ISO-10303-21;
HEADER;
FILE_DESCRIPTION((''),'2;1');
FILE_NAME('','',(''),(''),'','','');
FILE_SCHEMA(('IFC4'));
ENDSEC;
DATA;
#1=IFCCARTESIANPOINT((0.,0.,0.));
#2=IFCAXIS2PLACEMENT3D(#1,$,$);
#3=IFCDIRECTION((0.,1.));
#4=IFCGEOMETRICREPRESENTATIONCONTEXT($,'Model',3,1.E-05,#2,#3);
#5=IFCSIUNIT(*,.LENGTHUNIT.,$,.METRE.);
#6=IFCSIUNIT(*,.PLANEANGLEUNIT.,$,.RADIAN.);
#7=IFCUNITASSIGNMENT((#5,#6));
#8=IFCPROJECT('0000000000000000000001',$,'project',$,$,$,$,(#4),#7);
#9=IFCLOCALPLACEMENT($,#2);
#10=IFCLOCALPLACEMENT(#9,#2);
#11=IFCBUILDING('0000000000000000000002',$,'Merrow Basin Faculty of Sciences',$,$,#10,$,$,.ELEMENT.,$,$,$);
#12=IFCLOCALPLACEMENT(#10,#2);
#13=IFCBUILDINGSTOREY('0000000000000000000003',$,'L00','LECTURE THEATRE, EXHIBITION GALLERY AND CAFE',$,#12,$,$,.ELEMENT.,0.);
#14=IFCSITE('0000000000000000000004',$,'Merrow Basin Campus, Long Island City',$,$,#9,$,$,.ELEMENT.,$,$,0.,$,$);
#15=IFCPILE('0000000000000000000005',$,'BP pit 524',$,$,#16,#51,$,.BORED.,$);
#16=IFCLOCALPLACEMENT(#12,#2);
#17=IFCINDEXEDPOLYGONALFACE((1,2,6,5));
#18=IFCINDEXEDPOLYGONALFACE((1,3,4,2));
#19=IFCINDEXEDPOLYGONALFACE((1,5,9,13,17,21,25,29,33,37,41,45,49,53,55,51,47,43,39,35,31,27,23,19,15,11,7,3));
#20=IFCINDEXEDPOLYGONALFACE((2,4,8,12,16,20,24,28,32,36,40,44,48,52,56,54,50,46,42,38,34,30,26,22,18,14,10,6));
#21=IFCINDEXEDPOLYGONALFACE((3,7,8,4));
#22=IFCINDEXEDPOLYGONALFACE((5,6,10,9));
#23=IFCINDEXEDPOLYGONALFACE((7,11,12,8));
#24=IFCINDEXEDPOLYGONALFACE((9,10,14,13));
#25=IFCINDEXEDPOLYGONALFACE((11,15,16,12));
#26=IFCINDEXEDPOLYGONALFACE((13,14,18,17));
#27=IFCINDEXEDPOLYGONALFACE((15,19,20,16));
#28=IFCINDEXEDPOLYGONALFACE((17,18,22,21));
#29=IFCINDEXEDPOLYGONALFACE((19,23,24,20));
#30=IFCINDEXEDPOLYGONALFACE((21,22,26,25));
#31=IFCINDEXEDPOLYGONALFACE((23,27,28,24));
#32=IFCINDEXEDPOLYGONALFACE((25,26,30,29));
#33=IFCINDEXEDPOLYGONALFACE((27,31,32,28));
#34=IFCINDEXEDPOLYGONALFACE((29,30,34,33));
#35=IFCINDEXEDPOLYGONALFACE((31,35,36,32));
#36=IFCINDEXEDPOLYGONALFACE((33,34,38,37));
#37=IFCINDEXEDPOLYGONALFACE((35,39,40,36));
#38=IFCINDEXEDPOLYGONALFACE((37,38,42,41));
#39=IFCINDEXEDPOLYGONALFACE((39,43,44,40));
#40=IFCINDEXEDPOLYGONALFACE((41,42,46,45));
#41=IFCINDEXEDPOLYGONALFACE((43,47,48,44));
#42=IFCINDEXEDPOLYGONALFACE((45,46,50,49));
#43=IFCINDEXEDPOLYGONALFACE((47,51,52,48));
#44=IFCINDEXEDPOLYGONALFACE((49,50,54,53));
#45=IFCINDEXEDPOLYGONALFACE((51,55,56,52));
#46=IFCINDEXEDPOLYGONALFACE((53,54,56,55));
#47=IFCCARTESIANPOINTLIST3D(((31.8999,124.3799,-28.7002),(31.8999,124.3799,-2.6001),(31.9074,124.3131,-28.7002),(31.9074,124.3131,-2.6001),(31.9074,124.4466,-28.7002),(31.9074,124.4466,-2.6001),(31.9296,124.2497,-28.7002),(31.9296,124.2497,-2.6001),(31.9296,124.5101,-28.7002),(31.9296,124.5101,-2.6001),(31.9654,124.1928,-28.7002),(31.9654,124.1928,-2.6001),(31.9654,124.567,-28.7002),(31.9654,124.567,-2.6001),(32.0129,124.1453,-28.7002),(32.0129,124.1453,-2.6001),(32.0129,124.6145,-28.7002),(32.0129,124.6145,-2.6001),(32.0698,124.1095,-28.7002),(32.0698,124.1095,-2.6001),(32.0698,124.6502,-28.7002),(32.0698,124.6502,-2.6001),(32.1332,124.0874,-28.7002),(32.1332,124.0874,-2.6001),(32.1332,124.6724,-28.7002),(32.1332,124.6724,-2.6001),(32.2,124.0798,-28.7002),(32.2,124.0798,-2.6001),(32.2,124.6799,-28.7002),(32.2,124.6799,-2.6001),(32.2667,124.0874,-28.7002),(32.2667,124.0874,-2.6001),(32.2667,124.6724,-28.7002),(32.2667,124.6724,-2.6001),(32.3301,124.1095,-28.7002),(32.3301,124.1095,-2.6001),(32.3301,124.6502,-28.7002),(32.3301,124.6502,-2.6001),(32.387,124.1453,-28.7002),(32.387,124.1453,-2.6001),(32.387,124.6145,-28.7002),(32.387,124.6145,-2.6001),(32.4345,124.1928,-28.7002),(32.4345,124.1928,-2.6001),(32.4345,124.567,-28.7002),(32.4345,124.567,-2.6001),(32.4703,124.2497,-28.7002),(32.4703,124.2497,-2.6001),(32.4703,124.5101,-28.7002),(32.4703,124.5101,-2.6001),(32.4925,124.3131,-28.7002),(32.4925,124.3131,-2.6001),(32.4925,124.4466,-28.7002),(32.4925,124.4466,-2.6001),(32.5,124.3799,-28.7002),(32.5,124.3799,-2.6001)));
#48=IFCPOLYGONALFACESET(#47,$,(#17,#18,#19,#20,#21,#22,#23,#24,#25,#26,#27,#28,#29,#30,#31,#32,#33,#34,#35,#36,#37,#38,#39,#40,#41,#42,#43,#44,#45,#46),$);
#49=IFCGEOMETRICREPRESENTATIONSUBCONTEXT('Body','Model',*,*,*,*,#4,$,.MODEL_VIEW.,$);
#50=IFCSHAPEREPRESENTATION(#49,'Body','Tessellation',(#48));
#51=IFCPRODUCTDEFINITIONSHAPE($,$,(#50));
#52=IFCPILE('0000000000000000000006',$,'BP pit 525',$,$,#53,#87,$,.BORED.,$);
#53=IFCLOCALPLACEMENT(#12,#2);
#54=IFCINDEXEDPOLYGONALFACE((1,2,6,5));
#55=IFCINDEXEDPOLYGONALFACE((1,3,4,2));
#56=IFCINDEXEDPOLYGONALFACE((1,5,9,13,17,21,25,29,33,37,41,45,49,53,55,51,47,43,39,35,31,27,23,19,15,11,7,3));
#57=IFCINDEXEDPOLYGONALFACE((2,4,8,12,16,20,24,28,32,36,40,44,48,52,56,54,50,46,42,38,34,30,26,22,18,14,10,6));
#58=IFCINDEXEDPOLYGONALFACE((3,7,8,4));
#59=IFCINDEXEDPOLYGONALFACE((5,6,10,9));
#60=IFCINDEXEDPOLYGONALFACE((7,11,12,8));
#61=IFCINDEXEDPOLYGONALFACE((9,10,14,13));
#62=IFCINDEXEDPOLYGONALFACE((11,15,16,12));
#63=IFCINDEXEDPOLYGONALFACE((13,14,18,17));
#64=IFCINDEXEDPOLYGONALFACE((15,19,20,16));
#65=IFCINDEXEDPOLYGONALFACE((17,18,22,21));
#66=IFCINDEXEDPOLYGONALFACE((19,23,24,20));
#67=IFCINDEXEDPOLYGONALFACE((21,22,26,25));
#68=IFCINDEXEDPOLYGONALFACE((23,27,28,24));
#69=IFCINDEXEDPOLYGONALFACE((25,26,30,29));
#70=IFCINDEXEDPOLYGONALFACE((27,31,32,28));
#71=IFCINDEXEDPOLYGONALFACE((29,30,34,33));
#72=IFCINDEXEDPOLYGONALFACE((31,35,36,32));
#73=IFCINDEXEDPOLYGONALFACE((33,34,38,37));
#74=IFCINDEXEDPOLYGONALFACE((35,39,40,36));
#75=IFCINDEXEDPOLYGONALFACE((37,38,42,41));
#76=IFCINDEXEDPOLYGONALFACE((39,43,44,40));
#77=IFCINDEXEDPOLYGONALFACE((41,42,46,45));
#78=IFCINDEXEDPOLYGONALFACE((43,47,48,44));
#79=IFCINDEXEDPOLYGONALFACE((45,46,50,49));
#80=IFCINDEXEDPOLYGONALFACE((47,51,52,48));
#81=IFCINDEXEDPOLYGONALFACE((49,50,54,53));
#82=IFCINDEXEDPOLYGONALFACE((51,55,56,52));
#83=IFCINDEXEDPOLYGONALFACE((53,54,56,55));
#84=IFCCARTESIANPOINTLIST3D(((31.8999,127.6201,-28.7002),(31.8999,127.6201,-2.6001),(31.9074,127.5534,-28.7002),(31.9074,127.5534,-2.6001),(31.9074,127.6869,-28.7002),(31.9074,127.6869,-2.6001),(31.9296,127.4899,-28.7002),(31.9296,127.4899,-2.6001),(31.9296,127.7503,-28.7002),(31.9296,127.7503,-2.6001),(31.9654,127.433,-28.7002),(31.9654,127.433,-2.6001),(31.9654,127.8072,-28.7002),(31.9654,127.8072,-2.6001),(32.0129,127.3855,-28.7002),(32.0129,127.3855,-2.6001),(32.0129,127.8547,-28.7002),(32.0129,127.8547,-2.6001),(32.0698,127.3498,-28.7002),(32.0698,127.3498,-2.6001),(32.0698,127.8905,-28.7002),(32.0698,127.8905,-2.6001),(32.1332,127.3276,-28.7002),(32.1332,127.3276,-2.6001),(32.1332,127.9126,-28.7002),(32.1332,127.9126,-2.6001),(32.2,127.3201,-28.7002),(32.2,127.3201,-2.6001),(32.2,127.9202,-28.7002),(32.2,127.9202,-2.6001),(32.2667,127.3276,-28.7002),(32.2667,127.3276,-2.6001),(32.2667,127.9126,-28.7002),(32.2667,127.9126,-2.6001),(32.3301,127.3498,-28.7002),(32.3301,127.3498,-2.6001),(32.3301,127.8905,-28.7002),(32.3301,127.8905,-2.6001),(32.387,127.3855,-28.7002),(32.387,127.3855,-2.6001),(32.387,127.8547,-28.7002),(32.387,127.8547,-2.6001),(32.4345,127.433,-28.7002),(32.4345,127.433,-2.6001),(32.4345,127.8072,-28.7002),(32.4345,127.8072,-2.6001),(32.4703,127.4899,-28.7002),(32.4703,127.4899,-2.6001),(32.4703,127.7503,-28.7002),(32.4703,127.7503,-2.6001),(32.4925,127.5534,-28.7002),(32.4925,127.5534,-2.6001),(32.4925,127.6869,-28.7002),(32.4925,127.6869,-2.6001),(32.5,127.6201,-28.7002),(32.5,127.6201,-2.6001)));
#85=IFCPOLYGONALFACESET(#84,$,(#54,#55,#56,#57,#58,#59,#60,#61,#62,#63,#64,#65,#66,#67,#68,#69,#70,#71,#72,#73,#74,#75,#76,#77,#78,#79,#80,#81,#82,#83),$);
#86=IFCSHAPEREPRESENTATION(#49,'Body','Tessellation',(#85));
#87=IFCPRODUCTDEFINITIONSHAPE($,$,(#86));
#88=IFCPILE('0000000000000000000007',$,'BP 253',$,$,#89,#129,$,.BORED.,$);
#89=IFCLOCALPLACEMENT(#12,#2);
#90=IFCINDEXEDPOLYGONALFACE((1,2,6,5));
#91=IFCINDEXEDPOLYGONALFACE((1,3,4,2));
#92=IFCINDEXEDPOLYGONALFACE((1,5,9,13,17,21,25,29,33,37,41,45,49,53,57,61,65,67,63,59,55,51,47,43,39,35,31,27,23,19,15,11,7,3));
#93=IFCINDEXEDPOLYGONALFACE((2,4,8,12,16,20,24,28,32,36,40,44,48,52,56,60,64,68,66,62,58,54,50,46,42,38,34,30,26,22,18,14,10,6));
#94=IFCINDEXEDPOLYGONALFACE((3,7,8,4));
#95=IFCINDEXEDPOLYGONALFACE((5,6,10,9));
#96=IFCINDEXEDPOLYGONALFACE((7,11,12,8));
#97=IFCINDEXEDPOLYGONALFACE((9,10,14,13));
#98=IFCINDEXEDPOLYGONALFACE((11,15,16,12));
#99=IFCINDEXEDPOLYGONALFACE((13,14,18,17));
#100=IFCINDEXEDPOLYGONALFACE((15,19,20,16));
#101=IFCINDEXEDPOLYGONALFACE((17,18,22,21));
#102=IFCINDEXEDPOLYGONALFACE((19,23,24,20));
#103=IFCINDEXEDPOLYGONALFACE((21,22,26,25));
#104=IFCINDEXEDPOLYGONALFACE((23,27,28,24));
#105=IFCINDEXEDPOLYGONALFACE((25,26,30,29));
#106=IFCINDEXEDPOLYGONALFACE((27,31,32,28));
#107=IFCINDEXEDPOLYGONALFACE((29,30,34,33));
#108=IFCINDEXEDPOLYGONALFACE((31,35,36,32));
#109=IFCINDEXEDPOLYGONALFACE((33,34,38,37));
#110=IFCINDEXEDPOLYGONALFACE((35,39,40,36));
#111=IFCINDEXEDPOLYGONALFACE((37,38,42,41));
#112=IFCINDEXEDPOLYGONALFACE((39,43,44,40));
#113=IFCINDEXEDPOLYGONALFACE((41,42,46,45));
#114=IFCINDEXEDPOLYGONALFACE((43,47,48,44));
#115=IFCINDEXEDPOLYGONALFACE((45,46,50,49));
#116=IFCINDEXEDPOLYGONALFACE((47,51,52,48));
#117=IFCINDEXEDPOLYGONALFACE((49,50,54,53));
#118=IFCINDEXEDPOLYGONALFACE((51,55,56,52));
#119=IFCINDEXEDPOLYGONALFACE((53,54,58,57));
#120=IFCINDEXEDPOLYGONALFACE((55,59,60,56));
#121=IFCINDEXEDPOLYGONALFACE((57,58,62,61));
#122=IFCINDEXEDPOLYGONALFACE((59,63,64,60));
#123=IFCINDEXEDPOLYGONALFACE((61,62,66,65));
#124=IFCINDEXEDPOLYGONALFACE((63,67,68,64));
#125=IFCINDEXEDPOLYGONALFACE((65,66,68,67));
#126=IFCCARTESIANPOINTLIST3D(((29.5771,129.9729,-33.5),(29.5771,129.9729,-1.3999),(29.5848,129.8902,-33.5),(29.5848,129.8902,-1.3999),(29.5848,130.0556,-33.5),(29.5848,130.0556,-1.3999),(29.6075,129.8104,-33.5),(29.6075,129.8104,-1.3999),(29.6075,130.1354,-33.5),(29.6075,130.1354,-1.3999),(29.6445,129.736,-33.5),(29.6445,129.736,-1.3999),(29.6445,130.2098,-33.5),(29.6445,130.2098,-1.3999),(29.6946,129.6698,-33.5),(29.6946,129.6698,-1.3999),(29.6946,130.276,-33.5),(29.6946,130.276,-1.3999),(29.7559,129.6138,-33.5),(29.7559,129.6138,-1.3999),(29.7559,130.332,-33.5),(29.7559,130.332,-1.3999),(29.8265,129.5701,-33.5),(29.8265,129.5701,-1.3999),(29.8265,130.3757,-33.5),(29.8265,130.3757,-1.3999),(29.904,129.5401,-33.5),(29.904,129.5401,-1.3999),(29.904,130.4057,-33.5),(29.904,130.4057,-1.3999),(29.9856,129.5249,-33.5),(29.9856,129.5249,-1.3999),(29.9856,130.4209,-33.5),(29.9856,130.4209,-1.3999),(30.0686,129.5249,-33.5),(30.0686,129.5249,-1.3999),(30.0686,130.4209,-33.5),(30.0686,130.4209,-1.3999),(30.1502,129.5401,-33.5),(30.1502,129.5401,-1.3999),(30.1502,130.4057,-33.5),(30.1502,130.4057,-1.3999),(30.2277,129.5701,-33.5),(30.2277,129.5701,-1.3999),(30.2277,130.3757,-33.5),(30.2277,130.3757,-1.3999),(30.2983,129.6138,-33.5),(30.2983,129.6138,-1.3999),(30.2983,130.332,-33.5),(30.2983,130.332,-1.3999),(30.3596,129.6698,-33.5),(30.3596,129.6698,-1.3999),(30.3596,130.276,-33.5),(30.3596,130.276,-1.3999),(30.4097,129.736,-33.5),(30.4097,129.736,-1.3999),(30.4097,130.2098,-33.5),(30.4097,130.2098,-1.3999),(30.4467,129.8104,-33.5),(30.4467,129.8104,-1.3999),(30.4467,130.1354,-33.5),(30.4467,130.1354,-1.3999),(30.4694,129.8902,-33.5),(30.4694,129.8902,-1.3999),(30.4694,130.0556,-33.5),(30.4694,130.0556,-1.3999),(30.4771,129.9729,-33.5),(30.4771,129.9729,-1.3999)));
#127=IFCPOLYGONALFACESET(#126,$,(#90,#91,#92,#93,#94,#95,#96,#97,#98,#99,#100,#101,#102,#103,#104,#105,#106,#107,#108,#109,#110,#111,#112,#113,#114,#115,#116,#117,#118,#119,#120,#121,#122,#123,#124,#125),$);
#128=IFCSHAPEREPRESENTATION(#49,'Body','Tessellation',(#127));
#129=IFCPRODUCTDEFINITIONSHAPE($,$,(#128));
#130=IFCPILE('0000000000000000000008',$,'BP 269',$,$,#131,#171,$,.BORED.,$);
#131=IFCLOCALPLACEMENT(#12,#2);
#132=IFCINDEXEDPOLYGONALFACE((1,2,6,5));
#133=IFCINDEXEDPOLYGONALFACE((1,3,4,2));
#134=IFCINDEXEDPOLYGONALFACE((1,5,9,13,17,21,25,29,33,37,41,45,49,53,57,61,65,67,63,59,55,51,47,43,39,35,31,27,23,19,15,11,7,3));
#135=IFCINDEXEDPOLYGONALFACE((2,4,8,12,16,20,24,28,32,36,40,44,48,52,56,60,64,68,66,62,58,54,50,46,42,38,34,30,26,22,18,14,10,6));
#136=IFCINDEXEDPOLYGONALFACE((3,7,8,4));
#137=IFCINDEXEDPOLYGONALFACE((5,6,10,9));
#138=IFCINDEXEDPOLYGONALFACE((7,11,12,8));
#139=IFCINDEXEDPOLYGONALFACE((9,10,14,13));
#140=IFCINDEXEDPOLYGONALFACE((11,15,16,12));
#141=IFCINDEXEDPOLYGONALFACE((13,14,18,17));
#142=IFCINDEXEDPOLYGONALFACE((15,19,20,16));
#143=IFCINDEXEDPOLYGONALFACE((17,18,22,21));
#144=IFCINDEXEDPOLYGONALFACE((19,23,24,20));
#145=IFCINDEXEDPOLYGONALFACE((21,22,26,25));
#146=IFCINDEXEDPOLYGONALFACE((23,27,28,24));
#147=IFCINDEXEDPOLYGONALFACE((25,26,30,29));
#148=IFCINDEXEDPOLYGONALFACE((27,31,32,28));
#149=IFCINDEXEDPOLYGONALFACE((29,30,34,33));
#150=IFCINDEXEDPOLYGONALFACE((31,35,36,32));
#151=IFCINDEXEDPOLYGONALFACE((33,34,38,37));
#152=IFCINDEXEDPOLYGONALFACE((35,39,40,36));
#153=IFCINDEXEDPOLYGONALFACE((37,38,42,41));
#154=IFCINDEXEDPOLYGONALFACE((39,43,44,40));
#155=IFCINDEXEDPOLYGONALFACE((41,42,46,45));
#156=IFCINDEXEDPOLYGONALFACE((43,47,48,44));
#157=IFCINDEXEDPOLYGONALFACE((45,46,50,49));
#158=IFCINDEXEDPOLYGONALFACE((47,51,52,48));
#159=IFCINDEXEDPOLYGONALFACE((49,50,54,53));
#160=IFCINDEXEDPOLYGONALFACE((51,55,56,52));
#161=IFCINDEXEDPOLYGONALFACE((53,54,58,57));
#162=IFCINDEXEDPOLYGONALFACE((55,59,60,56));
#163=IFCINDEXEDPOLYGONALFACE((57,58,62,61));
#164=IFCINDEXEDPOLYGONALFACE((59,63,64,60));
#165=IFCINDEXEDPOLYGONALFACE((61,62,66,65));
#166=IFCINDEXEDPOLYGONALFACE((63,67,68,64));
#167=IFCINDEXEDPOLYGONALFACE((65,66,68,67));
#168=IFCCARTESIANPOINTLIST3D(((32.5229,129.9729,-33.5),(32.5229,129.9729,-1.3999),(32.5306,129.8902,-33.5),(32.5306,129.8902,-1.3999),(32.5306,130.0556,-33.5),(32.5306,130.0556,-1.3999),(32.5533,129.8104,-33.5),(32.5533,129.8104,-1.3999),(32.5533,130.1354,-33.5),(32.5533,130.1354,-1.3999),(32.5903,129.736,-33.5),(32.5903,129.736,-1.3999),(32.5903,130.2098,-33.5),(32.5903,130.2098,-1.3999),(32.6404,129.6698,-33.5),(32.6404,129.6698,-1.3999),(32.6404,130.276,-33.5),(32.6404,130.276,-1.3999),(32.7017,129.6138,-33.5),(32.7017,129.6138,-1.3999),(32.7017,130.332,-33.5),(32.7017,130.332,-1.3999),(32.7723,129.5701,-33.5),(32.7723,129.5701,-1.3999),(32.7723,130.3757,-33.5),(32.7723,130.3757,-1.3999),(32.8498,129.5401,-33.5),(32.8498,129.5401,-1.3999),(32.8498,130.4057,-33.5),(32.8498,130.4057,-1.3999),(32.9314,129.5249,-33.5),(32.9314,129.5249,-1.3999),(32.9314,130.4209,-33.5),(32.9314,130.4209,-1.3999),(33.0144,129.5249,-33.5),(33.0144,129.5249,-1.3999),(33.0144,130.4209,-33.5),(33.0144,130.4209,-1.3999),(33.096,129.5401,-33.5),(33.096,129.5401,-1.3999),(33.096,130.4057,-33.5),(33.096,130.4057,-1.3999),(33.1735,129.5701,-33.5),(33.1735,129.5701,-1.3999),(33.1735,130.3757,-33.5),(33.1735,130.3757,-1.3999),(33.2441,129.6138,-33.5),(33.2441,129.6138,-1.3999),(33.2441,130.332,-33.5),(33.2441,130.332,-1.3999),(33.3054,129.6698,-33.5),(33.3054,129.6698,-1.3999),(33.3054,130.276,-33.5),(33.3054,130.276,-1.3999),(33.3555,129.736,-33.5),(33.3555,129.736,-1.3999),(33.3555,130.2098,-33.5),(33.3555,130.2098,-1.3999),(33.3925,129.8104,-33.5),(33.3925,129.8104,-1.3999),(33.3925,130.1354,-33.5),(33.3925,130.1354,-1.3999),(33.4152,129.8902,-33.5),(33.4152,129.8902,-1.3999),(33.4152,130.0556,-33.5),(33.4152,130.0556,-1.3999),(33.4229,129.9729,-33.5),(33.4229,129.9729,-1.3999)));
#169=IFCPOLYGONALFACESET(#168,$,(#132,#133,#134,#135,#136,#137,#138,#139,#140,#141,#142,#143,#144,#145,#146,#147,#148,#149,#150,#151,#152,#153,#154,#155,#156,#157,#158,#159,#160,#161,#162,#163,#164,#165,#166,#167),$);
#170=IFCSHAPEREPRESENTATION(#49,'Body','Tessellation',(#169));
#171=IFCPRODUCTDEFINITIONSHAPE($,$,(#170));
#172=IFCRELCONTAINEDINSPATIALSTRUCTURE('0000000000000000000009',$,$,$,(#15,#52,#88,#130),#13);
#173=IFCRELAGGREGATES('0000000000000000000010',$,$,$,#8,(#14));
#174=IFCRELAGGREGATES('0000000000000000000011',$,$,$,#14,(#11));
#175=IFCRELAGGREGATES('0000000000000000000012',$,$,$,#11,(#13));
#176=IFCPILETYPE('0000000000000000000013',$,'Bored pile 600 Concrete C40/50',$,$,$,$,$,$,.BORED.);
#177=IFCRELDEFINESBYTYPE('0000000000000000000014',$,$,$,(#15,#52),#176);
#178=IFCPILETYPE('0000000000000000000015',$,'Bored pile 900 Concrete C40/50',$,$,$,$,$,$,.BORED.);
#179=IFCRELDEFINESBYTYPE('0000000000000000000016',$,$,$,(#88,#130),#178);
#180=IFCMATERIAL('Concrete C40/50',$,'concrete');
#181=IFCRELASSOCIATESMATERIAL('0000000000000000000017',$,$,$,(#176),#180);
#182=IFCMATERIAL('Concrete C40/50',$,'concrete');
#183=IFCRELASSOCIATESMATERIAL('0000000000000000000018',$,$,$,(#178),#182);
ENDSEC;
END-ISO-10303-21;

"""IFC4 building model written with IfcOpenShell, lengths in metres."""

from ifc_helpers import new_model, si_unit, direction, frame, origin, origin_2d, place, context, subcontext, project, spatial, circle, extrude, material, material_profile, profile_set, type_object, element, save


model = new_model("IFC4")

# Units and contexts
model_context = context("Model", 3, precision=1e-05, world=origin(), true_north=direction((0.0, 1.0)))
body_context = subcontext(model_context, "Body", "Model", "MODEL_VIEW")
ifc_project = project(units=[si_unit("LENGTHUNIT", "METRE"), si_unit("PLANEANGLEUNIT", "RADIAN")], contexts=[model_context])

# Site, building, storey
site_placement = place(None, origin())
site = spatial("IfcSite", under=ifc_project, at=site_placement, Name="Merrow Basin Campus, Long Island City", CompositionType="ELEMENT", RefElevation=0.0)
building_placement = place(site_placement, origin())
building = spatial("IfcBuilding", under=site, at=building_placement, Name="Merrow Basin Faculty of Sciences", CompositionType="ELEMENT")
storey_placement = place(building_placement, origin())
storey = spatial("IfcBuildingStorey", under=building, at=storey_placement, Name="L00", Description="LECTURE THEATRE, EXHIBITION GALLERY AND CAFE", CompositionType="ELEMENT", Elevation=0.0)

# Piles
ifc_material_1 = material(Name="Concrete C40/50", Category="concrete")
ifc_material_profile_1 = material_profile(ifc_material_1, circle(Radius=0.3, at=origin_2d()))
ifc_profile_set_1 = profile_set([ifc_material_profile_1], Name="Concrete C40/50")
pile_type_1 = type_object("IfcPileType", Name="Bored pile 600 Concrete C40/50", PredefinedType="BORED", material=ifc_profile_set_1)
for number, where, z_axis, x_axis, name in (
    (1, (32.2, 124.3799, -2.6001), (0.0, 0.0, -1.0), (1.0, 0.0, 0.0), "BP pit 524"),
    (2, (32.2, 127.6201, -2.6001), (0.0, 0.0, -1.0), (1.0, 0.0, 0.0), "BP pit 525"),
):
    element("IfcPile", number, at=place(storey_placement, frame(where, z_axis=z_axis, x_axis=x_axis)), inside=storey, type_object=pile_type_1, Name=name, PredefinedType="BORED", context=body_context, shape_type="SweptSolid", body=[
        extrude(circle(Radius=0.3, at=origin_2d()), origin(), (0.0, 0.0, 1.0), 26.1001),
    ])
ifc_material_2 = material(Name="Concrete C40/50", Category="concrete")
ifc_material_profile_2 = material_profile(ifc_material_2, circle(Radius=0.45, at=origin_2d()))
ifc_profile_set_2 = profile_set([ifc_material_profile_2], Name="Concrete C40/50")
pile_type_2 = type_object("IfcPileType", Name="Bored pile 900 Concrete C40/50", PredefinedType="BORED", material=ifc_profile_set_2)
for number, where, z_axis, x_axis, name in (
    (3, (30.0271, 129.9729, -1.3999), (0.0, 0.0, -1.0), (1.0, 0.0, 0.0), "BP 253"),
    (4, (32.9729, 129.9729, -1.3999), (0.0, 0.0, -1.0), (1.0, 0.0, 0.0), "BP 269"),
):
    element("IfcPile", number, at=place(storey_placement, frame(where, z_axis=z_axis, x_axis=x_axis)), inside=storey, type_object=pile_type_2, Name=name, PredefinedType="BORED", context=body_context, shape_type="SweptSolid", body=[
        extrude(circle(Radius=0.45, at=origin_2d()), origin(), (0.0, 0.0, 1.0), 32.1001),
    ])

save(model, "model.ifc")
